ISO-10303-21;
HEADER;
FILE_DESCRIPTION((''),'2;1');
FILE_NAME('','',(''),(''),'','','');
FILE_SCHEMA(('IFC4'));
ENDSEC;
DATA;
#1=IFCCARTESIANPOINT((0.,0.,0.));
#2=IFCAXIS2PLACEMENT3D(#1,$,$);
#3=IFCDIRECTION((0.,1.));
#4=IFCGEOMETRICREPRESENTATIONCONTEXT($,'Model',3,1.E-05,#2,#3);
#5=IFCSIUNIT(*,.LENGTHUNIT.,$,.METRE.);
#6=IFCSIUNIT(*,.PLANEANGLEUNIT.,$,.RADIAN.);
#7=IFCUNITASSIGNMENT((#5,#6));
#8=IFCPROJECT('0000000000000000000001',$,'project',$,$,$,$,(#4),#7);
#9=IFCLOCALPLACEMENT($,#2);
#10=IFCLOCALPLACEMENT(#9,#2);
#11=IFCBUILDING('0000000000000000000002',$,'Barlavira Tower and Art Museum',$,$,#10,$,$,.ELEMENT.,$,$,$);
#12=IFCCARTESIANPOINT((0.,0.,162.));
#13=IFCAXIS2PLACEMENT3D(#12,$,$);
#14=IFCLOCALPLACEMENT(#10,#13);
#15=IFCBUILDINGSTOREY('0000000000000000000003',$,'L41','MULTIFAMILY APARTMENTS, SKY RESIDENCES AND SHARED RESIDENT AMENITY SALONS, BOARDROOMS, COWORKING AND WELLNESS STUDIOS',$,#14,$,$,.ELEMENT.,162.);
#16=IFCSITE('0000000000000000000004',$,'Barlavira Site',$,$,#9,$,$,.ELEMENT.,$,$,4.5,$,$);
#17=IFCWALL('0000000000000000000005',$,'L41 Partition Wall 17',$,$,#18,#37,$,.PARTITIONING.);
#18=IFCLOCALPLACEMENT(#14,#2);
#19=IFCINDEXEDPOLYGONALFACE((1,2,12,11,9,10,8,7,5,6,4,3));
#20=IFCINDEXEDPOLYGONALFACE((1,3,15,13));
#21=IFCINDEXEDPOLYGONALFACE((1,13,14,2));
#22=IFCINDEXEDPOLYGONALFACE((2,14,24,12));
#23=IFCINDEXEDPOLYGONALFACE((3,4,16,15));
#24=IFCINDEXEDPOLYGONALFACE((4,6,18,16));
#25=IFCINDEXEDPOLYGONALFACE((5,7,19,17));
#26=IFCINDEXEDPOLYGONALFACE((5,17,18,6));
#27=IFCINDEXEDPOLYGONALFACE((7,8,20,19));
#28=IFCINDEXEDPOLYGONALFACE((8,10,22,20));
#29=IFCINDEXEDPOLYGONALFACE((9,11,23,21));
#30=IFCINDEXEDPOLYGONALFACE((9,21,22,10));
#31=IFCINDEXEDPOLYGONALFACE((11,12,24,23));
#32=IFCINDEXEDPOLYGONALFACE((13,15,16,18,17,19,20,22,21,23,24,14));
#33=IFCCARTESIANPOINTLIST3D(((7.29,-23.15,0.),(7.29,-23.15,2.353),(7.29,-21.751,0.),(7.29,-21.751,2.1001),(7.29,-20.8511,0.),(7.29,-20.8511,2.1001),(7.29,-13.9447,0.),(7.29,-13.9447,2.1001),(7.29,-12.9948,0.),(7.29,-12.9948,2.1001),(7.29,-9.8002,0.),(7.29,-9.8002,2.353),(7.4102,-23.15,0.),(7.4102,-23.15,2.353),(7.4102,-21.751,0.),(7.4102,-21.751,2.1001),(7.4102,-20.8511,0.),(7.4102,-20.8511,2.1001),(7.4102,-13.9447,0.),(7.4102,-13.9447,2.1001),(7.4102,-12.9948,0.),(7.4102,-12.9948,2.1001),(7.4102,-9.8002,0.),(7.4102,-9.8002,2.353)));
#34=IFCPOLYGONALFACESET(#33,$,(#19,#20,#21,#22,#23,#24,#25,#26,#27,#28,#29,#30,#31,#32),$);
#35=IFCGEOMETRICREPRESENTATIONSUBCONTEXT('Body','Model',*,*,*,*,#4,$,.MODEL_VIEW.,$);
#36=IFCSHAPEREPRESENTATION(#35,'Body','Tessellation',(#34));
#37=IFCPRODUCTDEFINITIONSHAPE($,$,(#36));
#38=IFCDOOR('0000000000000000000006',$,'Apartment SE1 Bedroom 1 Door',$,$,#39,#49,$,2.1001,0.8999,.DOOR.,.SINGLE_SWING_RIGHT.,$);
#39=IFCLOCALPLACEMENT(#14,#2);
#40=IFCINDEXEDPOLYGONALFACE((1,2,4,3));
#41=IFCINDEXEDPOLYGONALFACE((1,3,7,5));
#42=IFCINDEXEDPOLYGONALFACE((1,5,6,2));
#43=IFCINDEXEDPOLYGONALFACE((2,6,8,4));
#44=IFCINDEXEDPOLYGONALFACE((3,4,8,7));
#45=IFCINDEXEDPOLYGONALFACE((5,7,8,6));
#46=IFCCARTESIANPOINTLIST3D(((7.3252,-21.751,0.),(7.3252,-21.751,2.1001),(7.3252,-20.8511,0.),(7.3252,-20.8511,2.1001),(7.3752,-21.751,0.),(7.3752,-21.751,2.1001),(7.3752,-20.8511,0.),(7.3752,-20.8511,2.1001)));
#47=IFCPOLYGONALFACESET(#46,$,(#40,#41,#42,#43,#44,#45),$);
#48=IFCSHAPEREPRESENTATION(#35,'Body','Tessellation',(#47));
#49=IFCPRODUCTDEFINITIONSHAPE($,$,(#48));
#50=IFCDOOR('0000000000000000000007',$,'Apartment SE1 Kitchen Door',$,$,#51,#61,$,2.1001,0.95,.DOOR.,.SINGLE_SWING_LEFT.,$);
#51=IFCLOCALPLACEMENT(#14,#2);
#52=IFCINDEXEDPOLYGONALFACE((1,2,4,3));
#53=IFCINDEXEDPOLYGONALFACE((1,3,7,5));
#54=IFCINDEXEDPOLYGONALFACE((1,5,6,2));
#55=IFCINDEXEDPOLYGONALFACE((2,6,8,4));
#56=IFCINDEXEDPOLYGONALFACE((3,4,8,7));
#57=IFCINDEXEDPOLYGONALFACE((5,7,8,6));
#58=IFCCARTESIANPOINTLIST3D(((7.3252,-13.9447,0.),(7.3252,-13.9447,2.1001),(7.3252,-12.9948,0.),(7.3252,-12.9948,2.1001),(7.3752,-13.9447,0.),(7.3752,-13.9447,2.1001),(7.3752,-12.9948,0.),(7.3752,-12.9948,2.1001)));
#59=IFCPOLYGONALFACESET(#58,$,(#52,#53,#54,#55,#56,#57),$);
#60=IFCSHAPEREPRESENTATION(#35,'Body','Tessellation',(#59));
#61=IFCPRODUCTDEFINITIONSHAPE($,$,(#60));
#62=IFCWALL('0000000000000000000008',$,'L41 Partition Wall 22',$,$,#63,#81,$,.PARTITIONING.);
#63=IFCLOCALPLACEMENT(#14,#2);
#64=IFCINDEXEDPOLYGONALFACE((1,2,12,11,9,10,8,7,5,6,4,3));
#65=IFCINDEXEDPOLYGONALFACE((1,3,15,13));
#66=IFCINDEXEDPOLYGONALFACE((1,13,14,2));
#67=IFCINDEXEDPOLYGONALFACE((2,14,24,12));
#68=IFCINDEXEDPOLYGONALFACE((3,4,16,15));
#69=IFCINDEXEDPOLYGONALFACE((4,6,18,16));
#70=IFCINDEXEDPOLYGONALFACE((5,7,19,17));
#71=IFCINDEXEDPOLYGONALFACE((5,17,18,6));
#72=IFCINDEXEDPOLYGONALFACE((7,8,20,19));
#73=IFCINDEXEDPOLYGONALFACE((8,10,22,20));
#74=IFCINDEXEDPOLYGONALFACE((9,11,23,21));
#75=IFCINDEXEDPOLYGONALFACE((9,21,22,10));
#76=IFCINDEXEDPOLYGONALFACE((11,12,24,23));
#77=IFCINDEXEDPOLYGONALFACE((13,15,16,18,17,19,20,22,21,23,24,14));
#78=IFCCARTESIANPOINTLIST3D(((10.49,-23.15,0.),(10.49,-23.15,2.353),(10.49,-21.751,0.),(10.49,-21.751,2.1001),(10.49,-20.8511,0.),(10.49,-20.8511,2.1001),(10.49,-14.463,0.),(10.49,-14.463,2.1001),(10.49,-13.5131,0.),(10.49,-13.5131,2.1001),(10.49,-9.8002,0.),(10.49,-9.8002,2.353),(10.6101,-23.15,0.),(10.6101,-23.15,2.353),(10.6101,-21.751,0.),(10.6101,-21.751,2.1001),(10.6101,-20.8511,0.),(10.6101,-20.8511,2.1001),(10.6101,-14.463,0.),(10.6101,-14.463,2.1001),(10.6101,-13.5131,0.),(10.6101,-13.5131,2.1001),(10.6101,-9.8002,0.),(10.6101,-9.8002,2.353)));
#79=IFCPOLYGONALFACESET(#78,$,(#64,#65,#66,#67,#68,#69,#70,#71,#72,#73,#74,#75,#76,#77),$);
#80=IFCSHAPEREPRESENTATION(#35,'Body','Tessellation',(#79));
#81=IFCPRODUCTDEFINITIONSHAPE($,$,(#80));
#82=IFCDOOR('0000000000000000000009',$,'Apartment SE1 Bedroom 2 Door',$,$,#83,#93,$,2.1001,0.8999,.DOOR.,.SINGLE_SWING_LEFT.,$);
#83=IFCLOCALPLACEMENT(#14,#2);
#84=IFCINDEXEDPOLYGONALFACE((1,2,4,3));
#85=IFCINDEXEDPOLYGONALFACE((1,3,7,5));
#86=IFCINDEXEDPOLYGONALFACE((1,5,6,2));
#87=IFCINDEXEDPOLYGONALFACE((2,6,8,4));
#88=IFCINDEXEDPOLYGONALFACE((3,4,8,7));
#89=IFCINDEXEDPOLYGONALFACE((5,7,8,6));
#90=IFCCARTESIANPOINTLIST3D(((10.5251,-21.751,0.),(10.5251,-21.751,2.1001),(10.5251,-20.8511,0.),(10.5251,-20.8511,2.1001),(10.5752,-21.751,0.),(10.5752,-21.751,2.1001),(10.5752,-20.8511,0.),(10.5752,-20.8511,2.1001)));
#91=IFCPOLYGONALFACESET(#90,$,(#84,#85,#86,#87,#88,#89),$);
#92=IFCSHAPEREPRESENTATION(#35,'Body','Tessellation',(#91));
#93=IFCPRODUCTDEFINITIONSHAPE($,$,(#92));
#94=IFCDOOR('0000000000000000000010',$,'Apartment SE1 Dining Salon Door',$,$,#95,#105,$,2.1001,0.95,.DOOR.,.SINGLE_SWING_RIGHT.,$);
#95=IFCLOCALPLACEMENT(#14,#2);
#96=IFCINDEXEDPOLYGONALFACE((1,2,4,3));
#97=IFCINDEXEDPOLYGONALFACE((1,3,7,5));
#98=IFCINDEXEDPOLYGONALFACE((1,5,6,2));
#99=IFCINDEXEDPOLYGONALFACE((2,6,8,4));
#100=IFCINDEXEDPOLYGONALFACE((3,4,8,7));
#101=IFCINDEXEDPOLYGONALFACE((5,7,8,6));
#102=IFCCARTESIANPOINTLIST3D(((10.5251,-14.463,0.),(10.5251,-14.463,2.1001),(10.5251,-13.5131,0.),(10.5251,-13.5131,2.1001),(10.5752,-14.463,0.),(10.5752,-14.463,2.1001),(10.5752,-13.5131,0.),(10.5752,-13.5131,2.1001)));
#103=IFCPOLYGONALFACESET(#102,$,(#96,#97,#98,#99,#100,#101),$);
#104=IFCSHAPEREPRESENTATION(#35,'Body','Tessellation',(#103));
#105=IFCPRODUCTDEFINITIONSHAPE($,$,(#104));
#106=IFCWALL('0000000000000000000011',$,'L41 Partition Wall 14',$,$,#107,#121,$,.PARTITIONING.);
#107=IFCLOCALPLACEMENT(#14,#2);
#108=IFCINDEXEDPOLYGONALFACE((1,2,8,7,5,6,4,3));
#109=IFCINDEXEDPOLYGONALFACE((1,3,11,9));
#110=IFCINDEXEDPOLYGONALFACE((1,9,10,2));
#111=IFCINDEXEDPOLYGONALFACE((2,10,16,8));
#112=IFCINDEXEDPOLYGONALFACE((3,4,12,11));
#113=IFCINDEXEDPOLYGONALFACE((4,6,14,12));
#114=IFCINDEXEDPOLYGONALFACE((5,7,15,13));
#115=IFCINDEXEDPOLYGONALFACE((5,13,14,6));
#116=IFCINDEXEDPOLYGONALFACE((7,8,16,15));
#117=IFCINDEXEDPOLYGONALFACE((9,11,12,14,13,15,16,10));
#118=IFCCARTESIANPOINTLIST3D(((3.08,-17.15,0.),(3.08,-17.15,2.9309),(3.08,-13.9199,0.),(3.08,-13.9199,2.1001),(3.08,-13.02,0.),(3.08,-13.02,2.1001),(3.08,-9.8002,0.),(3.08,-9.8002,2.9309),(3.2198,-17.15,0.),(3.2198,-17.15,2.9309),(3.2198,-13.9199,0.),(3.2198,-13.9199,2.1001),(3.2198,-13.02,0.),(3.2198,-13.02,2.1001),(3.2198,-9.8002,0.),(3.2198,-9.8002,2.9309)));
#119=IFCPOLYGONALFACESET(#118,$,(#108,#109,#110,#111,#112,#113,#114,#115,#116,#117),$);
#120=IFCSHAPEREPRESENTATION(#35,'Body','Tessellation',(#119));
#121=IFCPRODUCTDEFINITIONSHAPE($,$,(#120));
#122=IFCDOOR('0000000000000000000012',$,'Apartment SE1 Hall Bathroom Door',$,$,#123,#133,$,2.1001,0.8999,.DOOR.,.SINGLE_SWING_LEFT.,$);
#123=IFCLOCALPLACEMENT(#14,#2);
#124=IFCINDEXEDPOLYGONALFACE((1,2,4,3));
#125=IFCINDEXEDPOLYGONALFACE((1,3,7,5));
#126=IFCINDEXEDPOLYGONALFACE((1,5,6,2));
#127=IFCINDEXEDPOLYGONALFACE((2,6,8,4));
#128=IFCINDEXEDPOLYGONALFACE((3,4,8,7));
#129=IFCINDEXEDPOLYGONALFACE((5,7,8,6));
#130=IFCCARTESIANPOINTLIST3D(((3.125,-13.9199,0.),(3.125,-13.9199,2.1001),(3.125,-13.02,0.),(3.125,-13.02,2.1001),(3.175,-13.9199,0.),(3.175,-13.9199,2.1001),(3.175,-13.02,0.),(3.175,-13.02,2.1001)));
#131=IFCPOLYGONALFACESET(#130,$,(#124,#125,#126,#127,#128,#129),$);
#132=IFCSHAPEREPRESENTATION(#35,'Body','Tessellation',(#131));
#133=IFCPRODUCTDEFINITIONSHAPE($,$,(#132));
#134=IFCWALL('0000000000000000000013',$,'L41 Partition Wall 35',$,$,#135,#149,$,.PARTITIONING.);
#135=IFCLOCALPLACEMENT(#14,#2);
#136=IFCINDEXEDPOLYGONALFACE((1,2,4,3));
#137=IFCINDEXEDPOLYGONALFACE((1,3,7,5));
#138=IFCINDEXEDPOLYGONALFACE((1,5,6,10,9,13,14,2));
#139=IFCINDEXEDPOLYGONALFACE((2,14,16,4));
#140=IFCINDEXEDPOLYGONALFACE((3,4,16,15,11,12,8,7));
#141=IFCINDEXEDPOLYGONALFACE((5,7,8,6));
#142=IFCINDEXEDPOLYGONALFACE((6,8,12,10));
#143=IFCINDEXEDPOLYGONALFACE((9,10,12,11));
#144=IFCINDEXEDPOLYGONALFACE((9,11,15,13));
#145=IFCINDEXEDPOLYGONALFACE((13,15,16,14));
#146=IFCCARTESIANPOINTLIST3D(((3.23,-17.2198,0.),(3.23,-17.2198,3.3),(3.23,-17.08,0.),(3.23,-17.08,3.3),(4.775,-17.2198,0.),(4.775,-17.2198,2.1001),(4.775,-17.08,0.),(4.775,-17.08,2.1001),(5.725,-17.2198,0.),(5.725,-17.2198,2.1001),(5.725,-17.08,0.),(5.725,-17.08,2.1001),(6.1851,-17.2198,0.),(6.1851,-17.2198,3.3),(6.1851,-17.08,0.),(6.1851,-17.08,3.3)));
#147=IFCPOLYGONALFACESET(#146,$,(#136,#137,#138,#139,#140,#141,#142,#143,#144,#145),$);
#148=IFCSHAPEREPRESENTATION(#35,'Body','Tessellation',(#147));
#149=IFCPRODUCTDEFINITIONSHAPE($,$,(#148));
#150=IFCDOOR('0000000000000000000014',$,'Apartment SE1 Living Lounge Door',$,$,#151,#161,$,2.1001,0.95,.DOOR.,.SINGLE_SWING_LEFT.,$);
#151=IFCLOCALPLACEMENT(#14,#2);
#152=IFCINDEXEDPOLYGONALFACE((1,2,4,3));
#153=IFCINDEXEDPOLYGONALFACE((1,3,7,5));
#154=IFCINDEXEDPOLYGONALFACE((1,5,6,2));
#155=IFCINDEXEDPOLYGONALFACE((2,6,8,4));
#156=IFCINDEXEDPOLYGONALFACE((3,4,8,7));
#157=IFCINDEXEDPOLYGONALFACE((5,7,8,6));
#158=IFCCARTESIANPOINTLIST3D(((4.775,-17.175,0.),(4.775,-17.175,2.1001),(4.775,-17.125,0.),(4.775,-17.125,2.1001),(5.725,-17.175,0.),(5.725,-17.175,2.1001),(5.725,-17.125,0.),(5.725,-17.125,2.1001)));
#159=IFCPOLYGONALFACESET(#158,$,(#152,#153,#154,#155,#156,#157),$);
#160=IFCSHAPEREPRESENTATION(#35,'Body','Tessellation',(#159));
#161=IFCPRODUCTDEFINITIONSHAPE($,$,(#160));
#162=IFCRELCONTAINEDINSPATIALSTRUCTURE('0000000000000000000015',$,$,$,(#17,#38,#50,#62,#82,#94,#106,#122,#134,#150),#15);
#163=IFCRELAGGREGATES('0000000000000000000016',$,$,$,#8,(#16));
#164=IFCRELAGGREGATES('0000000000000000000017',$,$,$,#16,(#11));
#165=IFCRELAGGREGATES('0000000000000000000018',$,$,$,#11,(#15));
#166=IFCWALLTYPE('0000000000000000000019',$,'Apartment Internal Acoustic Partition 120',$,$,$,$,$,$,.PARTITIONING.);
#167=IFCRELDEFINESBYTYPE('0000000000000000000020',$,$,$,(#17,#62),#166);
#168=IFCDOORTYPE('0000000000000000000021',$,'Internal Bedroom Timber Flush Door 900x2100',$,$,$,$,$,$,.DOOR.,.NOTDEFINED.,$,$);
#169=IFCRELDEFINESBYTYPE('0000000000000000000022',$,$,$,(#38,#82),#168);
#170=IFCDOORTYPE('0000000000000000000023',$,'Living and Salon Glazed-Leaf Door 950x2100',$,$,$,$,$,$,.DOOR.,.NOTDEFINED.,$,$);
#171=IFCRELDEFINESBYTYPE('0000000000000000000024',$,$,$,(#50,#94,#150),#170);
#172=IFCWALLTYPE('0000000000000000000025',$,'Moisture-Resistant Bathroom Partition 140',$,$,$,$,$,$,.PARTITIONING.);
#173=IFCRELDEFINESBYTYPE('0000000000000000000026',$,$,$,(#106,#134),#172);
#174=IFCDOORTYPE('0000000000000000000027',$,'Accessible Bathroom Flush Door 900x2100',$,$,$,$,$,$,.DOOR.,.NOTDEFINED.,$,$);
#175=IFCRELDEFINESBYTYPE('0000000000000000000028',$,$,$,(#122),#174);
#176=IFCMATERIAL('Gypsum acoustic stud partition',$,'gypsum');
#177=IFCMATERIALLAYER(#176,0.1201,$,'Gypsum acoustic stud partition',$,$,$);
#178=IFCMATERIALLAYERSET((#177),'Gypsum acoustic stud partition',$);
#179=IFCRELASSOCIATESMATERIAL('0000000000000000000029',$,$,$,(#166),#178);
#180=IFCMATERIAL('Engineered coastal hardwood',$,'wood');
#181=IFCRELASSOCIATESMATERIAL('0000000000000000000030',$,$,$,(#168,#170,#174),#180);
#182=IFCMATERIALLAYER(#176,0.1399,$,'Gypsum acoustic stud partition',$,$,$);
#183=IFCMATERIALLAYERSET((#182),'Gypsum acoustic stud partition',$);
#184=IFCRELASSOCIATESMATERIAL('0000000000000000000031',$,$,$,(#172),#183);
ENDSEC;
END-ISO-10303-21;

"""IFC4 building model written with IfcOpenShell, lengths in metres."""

from ifc_helpers import new_model, si_unit, direction, frame, frame_2d, origin, place, context, subcontext, project, spatial, rectangle, extrude, material, layer, layer_set, type_object, element, fill, save


model = new_model("IFC4")

# Units and contexts
model_context = context("Model", 3, precision=1e-05, world=origin(), true_north=direction((0.0, 1.0)))
body_context = subcontext(model_context, "Body", "Model", "MODEL_VIEW")
ifc_project = project(units=[si_unit("LENGTHUNIT", "METRE"), si_unit("PLANEANGLEUNIT", "RADIAN")], contexts=[model_context])

# Site, building, storey
site_placement = place(None, origin())
site = spatial("IfcSite", under=ifc_project, at=site_placement, Name="Barlavira Site", CompositionType="ELEMENT", RefElevation=4.5)
building_placement = place(site_placement, origin())
building = spatial("IfcBuilding", under=site, at=building_placement, Name="Barlavira Tower and Art Museum", CompositionType="ELEMENT")
storey_placement = place(building_placement, frame((0.0, 0.0, 162.0)))
storey = spatial("IfcBuildingStorey", under=building, at=storey_placement, Name="L41", Description="MULTIFAMILY APARTMENTS, SKY RESIDENCES AND SHARED RESIDENT AMENITY SALONS, BOARDROOMS, COWORKING AND WELLNESS STUDIOS", CompositionType="ELEMENT", Elevation=162.0)

# Walls, openings, doors
ifc_material_1 = material(Name="Gypsum acoustic stud partition", Category="gypsum")
ifc_layer_1 = layer(ifc_material_1, 0.1201, Name="Gypsum acoustic stud partition")
ifc_layer_set_1 = layer_set([ifc_layer_1], Name="Gypsum acoustic stud partition")
wall_type_1 = type_object("IfcWallType", Name="Apartment Internal Acoustic Partition 120", PredefinedType="PARTITIONING", material=ifc_layer_set_1)
wall_1_placement = place(storey_placement, frame((7.3501, -23.1499, 0.0), z_axis=(0.0, 0.0, 1.0), x_axis=(0.0, 1.0, 0.0)))
wall_1 = element("IfcWall", 1, at=wall_1_placement, inside=storey, type_object=wall_type_1, Name="L41 Partition Wall 17", PredefinedType="PARTITIONING", context=body_context, shape_type="SweptSolid", body=[
    extrude(rectangle(XDim=13.3499, YDim=0.1201, at=frame_2d((6.6748, 0.0))), origin(), (0.0, 0.0, 1.0), 2.353),
])
opening_1_placement = place(wall_1_placement, frame((9.2051, 0.0, 0.0)))
opening_1 = element("IfcOpeningElement", 2, at=opening_1_placement, cuts=wall_1, PredefinedType="OPENING", context=body_context, shape_type="SweptSolid", body=[
    extrude(rectangle(XDim=0.95, YDim=2.1001, at=frame_2d((0.4751, 1.05))), frame((0.0, 0.0701, 0.0), z_axis=(0.0, -1.0, 0.0), x_axis=(1.0, 0.0, 0.0)), (0.0, 0.0, 1.0), 0.1401),
])
opening_2_placement = place(wall_1_placement, frame((1.3989, 0.0, 0.0)))
opening_2 = element("IfcOpeningElement", 3, at=opening_2_placement, cuts=wall_1, PredefinedType="OPENING", context=body_context, shape_type="SweptSolid", body=[
    extrude(rectangle(XDim=0.8999, YDim=2.1001, at=frame_2d((0.45, 1.05))), frame((0.0, 0.0701, 0.0), z_axis=(0.0, -1.0, 0.0), x_axis=(1.0, 0.0, 0.0)), (0.0, 0.0, 1.0), 0.1401),
])
ifc_material_2 = material(Name="Engineered coastal hardwood", Category="wood")
door_type_1 = type_object("IfcDoorType", Name="Internal Bedroom Timber Flush Door 900x2100", OperationType="NOTDEFINED", PredefinedType="DOOR", material=ifc_material_2)
door_1_placement = place(opening_2_placement, origin())
door_1 = element("IfcDoor", 4, at=door_1_placement, inside=storey, type_object=door_type_1, Name="Apartment SE1 Bedroom 1 Door", OperationType="SINGLE_SWING_RIGHT", OverallHeight=2.1001, OverallWidth=0.8999, PredefinedType="DOOR", context=body_context, shape_type="SweptSolid", body=[
    extrude(rectangle(XDim=0.8999, YDim=2.1001, at=frame_2d((0.45, 1.05))), frame((0.0, 0.0249, 0.0), z_axis=(0.0, -1.0, 0.0), x_axis=(1.0, 0.0, 0.0)), (0.0, 0.0, 1.0), 0.05),
])
fill(opening_2, door_1)
door_type_2 = type_object("IfcDoorType", Name="Living and Salon Glazed-Leaf Door 950x2100", OperationType="NOTDEFINED", PredefinedType="DOOR", material=ifc_material_2)
door_2_placement = place(opening_1_placement, origin())
door_2 = element("IfcDoor", 5, at=door_2_placement, inside=storey, type_object=door_type_2, Name="Apartment SE1 Kitchen Door", OperationType="SINGLE_SWING_LEFT", OverallHeight=2.1001, OverallWidth=0.95, PredefinedType="DOOR", context=body_context, shape_type="SweptSolid", body=[
    extrude(rectangle(XDim=0.95, YDim=2.1001, at=frame_2d((0.4751, 1.05))), frame((0.0, 0.0249, 0.0), z_axis=(0.0, -1.0, 0.0), x_axis=(1.0, 0.0, 0.0)), (0.0, 0.0, 1.0), 0.05),
])
fill(opening_1, door_2)
wall_2_placement = place(storey_placement, frame((10.55, -23.1499, 0.0), z_axis=(0.0, 0.0, 1.0), x_axis=(0.0, 1.0, 0.0)))
wall_2 = element("IfcWall", 6, at=wall_2_placement, inside=storey, type_object=wall_type_1, Name="L41 Partition Wall 22", PredefinedType="PARTITIONING", context=body_context, shape_type="SweptSolid", body=[
    extrude(rectangle(XDim=13.3499, YDim=0.1201, at=frame_2d((6.6748, 0.0))), origin(), (0.0, 0.0, 1.0), 2.353),
])
opening_3_placement = place(wall_2_placement, frame((8.6868, 0.0, 0.0)))
opening_3 = element("IfcOpeningElement", 7, at=opening_3_placement, cuts=wall_2, PredefinedType="OPENING", context=body_context, shape_type="SweptSolid", body=[
    extrude(rectangle(XDim=0.95, YDim=2.1001, at=frame_2d((0.4751, 1.05))), frame((0.0, 0.0701, 0.0), z_axis=(0.0, -1.0, 0.0), x_axis=(1.0, 0.0, 0.0)), (0.0, 0.0, 1.0), 0.1401),
])
opening_4_placement = place(wall_2_placement, frame((1.3989, 0.0, 0.0)))
opening_4 = element("IfcOpeningElement", 8, at=opening_4_placement, cuts=wall_2, PredefinedType="OPENING", context=body_context, shape_type="SweptSolid", body=[
    extrude(rectangle(XDim=0.8999, YDim=2.1001, at=frame_2d((0.45, 1.05))), frame((0.0, 0.0701, 0.0), z_axis=(0.0, -1.0, 0.0), x_axis=(1.0, 0.0, 0.0)), (0.0, 0.0, 1.0), 0.1401),
])
door_3_placement = place(opening_4_placement, origin())
door_3 = element("IfcDoor", 9, at=door_3_placement, inside=storey, type_object=door_type_1, Name="Apartment SE1 Bedroom 2 Door", OperationType="SINGLE_SWING_LEFT", OverallHeight=2.1001, OverallWidth=0.8999, PredefinedType="DOOR", context=body_context, shape_type="SweptSolid", body=[
    extrude(rectangle(XDim=0.8999, YDim=2.1001, at=frame_2d((0.45, 1.05))), frame((0.0, 0.0249, 0.0), z_axis=(0.0, -1.0, 0.0), x_axis=(1.0, 0.0, 0.0)), (0.0, 0.0, 1.0), 0.05),
])
fill(opening_4, door_3)
door_4_placement = place(opening_3_placement, origin())
door_4 = element("IfcDoor", 10, at=door_4_placement, inside=storey, type_object=door_type_2, Name="Apartment SE1 Dining Salon Door", OperationType="SINGLE_SWING_RIGHT", OverallHeight=2.1001, OverallWidth=0.95, PredefinedType="DOOR", context=body_context, shape_type="SweptSolid", body=[
    extrude(rectangle(XDim=0.95, YDim=2.1001, at=frame_2d((0.4751, 1.05))), frame((0.0, 0.0249, 0.0), z_axis=(0.0, -1.0, 0.0), x_axis=(1.0, 0.0, 0.0)), (0.0, 0.0, 1.0), 0.05),
])
fill(opening_3, door_4)

# Walls, openings, doors
ifc_layer_2 = layer(ifc_material_1, 0.1399, Name="Gypsum acoustic stud partition")
ifc_layer_set_2 = layer_set([ifc_layer_2], Name="Gypsum acoustic stud partition")
wall_type_2 = type_object("IfcWallType", Name="Moisture-Resistant Bathroom Partition 140", PredefinedType="PARTITIONING", material=ifc_layer_set_2)
wall_3_placement = place(storey_placement, frame((3.1499, -17.1499, 0.0), z_axis=(0.0, 0.0, 1.0), x_axis=(0.0, 1.0, 0.0)))
wall_3 = element("IfcWall", 11, at=wall_3_placement, inside=storey, type_object=wall_type_2, Name="L41 Partition Wall 14", PredefinedType="PARTITIONING", context=body_context, shape_type="SweptSolid", body=[
    extrude(rectangle(XDim=7.3499, YDim=0.1399, at=frame_2d((3.6748, 0.0))), origin(), (0.0, 0.0, 1.0), 2.9309),
])
opening_5_placement = place(wall_3_placement, frame((3.23, 0.0, 0.0)))
opening_5 = element("IfcOpeningElement", 12, at=opening_5_placement, cuts=wall_3, PredefinedType="OPENING", context=body_context, shape_type="SweptSolid", body=[
    extrude(rectangle(XDim=0.8999, YDim=2.1001, at=frame_2d((0.45, 1.05))), frame((0.0, 0.0801, 0.0), z_axis=(0.0, -1.0, 0.0), x_axis=(1.0, 0.0, 0.0)), (0.0, 0.0, 1.0), 0.1599),
])
door_type_3 = type_object("IfcDoorType", Name="Accessible Bathroom Flush Door 900x2100", OperationType="NOTDEFINED", PredefinedType="DOOR", material=ifc_material_2)
door_5_placement = place(opening_5_placement, origin())
door_5 = element("IfcDoor", 13, at=door_5_placement, inside=storey, type_object=door_type_3, Name="Apartment SE1 Hall Bathroom Door", OperationType="SINGLE_SWING_LEFT", OverallHeight=2.1001, OverallWidth=0.8999, PredefinedType="DOOR", context=body_context, shape_type="SweptSolid", body=[
    extrude(rectangle(XDim=0.8999, YDim=2.1001, at=frame_2d((0.45, 1.05))), frame((0.0, 0.0249, 0.0), z_axis=(0.0, -1.0, 0.0), x_axis=(1.0, 0.0, 0.0)), (0.0, 0.0, 1.0), 0.05),
])
fill(opening_5, door_5)
wall_4_placement = place(storey_placement, frame((3.23, -17.1499, 0.0), z_axis=(0.0, 0.0, 1.0), x_axis=(1.0, 0.0, 0.0)))
wall_4 = element("IfcWall", 14, at=wall_4_placement, inside=storey, type_object=wall_type_2, Name="L41 Partition Wall 35", PredefinedType="PARTITIONING", context=body_context, shape_type="SweptSolid", body=[
    extrude(rectangle(XDim=2.9551, YDim=0.1399, at=frame_2d((1.4775, 0.0))), origin(), (0.0, 0.0, 1.0), 3.3),
])
opening_6_placement = place(wall_4_placement, frame((1.5449, 0.0, 0.0)))
opening_6 = element("IfcOpeningElement", 15, at=opening_6_placement, cuts=wall_4, PredefinedType="OPENING", context=body_context, shape_type="SweptSolid", body=[
    extrude(rectangle(XDim=0.95, YDim=2.1001, at=frame_2d((0.4751, 1.05))), frame((0.0, 0.0801, 0.0), z_axis=(0.0, -1.0, 0.0), x_axis=(1.0, 0.0, 0.0)), (0.0, 0.0, 1.0), 0.1599),
])
door_6_placement = place(opening_6_placement, origin())
door_6 = element("IfcDoor", 16, at=door_6_placement, inside=storey, type_object=door_type_2, Name="Apartment SE1 Living Lounge Door", OperationType="SINGLE_SWING_LEFT", OverallHeight=2.1001, OverallWidth=0.95, PredefinedType="DOOR", context=body_context, shape_type="SweptSolid", body=[
    extrude(rectangle(XDim=0.95, YDim=2.1001, at=frame_2d((0.4751, 1.05))), frame((0.0, 0.0249, 0.0), z_axis=(0.0, -1.0, 0.0), x_axis=(1.0, 0.0, 0.0)), (0.0, 0.0, 1.0), 0.05),
])
fill(opening_6, door_6)

save(model, "model.ifc")
